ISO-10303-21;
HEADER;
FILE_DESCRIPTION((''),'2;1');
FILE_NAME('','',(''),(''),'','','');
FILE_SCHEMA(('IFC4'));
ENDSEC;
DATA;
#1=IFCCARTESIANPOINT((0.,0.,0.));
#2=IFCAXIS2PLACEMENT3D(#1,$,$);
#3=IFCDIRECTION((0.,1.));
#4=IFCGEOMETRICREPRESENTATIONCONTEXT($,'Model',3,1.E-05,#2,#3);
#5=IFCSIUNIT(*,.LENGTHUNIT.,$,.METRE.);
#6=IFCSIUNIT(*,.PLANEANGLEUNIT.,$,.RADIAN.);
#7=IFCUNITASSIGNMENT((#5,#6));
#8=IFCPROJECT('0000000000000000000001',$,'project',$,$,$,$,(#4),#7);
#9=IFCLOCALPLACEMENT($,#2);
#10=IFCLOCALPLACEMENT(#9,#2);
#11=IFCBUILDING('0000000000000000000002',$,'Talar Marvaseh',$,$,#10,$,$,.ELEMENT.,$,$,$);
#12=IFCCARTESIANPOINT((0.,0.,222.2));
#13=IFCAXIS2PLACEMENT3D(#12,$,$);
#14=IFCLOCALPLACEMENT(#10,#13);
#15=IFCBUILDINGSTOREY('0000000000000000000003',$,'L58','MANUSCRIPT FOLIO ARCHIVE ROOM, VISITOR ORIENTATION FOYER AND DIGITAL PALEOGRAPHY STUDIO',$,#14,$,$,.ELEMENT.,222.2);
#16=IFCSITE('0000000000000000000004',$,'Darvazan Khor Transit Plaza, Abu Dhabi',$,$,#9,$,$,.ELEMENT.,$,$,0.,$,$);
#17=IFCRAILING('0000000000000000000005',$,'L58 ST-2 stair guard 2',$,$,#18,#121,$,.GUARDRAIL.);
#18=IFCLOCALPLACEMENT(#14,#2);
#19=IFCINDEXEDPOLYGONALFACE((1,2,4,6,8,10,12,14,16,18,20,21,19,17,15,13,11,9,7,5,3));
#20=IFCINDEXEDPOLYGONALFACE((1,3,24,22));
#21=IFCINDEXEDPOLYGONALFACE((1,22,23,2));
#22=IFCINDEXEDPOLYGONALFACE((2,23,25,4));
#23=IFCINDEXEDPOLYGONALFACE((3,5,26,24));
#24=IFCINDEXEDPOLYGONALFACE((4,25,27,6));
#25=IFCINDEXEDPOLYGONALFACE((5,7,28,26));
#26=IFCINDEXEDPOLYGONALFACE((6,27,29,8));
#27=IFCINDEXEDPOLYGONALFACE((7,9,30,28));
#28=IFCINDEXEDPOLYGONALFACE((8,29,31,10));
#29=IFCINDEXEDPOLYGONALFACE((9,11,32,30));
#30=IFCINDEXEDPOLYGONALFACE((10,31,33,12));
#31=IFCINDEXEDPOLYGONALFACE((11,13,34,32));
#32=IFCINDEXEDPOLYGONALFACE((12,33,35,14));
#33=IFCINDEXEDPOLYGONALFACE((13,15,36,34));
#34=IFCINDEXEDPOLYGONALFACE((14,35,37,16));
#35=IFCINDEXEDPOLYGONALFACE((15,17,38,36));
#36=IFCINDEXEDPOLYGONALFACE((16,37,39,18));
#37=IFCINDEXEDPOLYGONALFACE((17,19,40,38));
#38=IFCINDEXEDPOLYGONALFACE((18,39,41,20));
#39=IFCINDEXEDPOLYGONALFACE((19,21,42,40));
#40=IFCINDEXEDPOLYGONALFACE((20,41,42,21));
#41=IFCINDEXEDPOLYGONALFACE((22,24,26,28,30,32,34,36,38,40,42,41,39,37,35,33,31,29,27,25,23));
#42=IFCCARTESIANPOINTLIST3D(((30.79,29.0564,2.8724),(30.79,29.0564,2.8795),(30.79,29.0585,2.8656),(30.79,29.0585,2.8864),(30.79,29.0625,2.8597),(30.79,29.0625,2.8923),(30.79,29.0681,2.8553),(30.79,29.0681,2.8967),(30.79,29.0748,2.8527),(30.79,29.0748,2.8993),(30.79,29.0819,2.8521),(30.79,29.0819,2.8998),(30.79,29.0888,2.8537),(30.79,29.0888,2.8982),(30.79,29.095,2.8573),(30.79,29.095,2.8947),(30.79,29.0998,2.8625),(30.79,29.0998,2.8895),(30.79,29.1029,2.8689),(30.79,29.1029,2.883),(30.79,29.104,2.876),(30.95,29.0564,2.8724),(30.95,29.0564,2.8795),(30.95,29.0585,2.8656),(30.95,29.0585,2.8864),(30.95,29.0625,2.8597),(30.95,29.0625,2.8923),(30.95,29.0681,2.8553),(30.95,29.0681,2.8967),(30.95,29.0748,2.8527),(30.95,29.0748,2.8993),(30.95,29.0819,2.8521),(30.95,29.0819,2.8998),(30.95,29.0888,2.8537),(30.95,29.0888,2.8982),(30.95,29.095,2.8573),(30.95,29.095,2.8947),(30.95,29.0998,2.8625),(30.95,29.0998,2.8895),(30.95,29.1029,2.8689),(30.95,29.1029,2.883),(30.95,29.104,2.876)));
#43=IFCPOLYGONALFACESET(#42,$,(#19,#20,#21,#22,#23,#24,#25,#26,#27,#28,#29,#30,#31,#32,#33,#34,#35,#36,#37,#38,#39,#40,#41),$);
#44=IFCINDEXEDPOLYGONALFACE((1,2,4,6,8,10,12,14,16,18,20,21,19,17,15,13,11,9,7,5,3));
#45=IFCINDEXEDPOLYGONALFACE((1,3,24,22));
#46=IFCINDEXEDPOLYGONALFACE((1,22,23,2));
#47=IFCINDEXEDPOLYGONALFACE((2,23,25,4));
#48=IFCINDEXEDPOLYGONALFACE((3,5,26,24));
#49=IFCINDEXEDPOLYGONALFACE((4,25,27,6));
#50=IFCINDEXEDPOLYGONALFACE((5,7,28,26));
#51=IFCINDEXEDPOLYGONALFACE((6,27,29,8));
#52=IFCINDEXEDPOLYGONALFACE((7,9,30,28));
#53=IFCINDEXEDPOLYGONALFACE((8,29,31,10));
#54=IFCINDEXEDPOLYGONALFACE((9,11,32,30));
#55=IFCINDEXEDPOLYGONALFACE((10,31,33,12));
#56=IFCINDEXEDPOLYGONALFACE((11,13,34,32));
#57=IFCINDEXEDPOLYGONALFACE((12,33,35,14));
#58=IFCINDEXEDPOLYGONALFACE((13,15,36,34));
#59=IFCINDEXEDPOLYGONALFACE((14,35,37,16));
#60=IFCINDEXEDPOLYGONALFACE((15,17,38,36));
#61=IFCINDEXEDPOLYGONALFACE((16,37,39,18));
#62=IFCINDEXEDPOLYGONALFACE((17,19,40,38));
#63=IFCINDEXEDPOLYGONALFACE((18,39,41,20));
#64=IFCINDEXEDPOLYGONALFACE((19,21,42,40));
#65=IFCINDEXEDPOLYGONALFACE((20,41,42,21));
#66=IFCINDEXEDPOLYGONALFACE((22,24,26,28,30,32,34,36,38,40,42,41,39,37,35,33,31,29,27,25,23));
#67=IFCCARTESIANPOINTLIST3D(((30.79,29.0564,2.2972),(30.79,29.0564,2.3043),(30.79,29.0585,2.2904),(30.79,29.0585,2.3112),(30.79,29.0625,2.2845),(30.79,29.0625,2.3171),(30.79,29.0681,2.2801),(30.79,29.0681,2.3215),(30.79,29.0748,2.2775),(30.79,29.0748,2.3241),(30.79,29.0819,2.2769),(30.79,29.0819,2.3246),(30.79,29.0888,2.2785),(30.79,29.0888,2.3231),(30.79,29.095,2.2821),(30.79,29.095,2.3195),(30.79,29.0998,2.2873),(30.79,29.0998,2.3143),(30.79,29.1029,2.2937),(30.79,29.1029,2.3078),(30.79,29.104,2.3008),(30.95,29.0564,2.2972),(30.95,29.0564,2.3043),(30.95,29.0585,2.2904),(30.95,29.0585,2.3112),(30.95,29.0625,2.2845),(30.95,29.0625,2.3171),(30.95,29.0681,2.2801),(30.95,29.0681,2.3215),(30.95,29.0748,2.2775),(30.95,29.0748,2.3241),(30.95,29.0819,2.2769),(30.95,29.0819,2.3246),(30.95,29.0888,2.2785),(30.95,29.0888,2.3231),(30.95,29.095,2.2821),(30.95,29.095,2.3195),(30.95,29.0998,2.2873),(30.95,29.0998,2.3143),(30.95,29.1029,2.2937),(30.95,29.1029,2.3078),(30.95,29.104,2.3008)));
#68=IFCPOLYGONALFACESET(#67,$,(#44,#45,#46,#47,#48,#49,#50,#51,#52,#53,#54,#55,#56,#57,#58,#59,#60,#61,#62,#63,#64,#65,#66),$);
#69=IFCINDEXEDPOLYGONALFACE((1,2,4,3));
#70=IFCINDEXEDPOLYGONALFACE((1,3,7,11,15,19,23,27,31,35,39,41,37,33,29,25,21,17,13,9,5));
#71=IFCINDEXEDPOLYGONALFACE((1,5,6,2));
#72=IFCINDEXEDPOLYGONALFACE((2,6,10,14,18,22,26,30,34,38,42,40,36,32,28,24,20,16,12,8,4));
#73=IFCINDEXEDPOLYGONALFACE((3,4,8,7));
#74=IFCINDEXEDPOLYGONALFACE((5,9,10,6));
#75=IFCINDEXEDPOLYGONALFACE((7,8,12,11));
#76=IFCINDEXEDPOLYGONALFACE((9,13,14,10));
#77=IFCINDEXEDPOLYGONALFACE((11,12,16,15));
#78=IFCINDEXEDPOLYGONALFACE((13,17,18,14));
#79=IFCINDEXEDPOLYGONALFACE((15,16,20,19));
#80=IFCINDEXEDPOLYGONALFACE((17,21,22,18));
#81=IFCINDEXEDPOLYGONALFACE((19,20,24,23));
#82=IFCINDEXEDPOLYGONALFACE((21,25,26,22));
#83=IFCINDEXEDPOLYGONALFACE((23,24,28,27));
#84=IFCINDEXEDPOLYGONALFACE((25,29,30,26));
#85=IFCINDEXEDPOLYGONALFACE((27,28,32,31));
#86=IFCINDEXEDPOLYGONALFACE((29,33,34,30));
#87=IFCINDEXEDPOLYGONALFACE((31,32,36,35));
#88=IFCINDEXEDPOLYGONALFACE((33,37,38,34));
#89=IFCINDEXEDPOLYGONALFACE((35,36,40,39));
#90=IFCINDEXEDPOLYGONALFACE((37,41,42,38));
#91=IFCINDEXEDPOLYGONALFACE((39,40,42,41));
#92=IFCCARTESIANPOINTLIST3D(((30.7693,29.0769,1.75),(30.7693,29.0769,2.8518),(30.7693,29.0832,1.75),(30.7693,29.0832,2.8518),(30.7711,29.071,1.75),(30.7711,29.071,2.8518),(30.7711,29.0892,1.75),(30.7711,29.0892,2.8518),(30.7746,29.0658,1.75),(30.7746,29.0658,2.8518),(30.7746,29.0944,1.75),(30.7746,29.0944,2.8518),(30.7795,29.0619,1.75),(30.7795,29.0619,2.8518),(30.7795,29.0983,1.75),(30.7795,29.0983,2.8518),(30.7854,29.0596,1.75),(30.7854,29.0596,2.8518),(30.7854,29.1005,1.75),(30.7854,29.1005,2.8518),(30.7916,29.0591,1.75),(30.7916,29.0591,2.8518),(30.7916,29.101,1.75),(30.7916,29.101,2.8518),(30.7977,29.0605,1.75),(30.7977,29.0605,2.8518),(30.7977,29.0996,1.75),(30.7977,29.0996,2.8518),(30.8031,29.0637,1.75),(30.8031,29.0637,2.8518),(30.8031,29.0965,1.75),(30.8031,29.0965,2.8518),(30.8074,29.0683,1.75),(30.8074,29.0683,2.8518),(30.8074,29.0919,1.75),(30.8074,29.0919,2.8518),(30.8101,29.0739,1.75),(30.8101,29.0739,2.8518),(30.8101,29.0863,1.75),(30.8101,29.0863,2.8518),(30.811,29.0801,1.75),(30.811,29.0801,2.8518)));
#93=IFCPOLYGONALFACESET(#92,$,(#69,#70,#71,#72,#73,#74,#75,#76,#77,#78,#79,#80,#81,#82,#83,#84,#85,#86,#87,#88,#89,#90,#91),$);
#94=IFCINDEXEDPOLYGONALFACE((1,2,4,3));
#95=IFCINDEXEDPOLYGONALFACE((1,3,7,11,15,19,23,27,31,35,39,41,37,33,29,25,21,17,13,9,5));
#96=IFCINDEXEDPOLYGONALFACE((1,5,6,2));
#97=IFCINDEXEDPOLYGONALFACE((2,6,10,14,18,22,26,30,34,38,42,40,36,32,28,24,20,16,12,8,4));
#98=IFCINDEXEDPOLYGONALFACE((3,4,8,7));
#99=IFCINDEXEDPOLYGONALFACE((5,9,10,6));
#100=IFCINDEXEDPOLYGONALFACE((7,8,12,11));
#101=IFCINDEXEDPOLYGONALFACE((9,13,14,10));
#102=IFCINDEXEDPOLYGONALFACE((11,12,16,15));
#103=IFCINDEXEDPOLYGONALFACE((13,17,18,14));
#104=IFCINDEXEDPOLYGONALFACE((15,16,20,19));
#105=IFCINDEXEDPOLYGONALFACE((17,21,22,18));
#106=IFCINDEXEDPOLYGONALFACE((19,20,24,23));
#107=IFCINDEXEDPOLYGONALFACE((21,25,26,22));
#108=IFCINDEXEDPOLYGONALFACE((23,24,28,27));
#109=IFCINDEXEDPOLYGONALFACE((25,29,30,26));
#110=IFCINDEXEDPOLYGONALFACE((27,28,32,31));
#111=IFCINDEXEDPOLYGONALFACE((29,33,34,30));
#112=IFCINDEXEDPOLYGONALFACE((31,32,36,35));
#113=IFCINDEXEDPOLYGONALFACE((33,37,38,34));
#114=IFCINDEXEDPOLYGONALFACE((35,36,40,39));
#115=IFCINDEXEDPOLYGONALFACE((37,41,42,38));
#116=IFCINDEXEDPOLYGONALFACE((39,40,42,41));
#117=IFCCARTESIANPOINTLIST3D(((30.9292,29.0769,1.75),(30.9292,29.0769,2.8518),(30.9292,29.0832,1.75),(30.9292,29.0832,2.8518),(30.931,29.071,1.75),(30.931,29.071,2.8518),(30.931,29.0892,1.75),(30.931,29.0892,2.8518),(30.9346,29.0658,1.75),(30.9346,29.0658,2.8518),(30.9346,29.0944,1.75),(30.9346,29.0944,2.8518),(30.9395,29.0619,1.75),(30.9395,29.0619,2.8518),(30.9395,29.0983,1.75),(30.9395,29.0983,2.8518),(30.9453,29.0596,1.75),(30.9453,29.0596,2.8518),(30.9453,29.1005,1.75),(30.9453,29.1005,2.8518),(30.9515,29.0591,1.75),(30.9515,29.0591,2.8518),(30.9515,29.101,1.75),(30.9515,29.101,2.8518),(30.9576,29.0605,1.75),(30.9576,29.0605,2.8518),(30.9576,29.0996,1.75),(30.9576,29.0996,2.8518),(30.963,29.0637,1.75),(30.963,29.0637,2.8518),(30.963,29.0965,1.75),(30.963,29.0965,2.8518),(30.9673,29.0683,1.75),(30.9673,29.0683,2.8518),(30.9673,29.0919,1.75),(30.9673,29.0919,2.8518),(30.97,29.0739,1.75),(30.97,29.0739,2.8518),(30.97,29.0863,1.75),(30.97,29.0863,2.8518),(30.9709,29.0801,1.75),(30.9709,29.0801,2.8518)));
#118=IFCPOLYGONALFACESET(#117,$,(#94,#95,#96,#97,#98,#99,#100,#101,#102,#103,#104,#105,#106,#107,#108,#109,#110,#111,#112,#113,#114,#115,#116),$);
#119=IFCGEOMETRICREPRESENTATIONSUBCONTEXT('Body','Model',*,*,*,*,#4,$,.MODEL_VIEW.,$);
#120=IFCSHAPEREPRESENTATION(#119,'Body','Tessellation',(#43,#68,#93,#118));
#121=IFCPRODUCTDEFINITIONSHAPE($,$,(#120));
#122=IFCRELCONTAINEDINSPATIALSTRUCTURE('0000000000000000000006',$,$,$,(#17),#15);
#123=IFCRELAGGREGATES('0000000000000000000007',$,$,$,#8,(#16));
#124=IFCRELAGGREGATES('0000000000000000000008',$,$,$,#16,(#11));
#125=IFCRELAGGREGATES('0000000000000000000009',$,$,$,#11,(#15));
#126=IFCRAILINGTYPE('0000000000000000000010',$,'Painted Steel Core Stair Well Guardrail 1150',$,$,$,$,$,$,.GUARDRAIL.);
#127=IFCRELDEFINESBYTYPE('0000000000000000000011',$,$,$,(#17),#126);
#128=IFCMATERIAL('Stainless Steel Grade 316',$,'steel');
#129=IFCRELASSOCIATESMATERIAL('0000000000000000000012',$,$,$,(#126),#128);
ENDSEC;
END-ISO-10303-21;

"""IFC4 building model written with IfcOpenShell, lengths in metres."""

from ifc_helpers import new_model, si_unit, direction, frame, origin, origin_2d, place, context, subcontext, project, spatial, circle, extrude, material, type_object, element, save


model = new_model("IFC4")

# Units and contexts
model_context = context("Model", 3, precision=1e-05, world=origin(), true_north=direction((0.0, 1.0)))
body_context = subcontext(model_context, "Body", "Model", "MODEL_VIEW")
ifc_project = project(units=[si_unit("LENGTHUNIT", "METRE"), si_unit("PLANEANGLEUNIT", "RADIAN")], contexts=[model_context])

# Site, building, storey
site_placement = place(None, origin())
site = spatial("IfcSite", under=ifc_project, at=site_placement, Name="Darvazan Khor Transit Plaza, Abu Dhabi", CompositionType="ELEMENT", RefElevation=0.0)
building_placement = place(site_placement, origin())
building = spatial("IfcBuilding", under=site, at=building_placement, Name="Talar Marvaseh", CompositionType="ELEMENT")
storey_placement = place(building_placement, frame((0.0, 0.0, 222.2)))
storey = spatial("IfcBuildingStorey", under=building, at=storey_placement, Name="L58", Description="MANUSCRIPT FOLIO ARCHIVE ROOM, VISITOR ORIENTATION FOYER AND DIGITAL PALEOGRAPHY STUDIO", CompositionType="ELEMENT", Elevation=222.2)

# Shared definitions
ifc_material_1 = material(Name="Stainless Steel Grade 316", Category="steel")

# Railing
railing_type_1 = type_object("IfcRailingType", Name="Painted Steel Core Stair Well Guardrail 1150", PredefinedType="GUARDRAIL", material=ifc_material_1)
railing_1_placement = place(storey_placement, frame((30.79, 29.0801, 1.75)))
element("IfcRailing", 1, at=railing_1_placement, inside=storey, type_object=railing_type_1, Name="L58 ST-2 stair guard 2", PredefinedType="GUARDRAIL", context=body_context, shape_type="SweptSolid", body=[
    extrude(circle(Radius=0.0239, at=origin_2d()), frame((0.0, 0.0, 1.126), z_axis=(1.0, 0.0, 0.0), x_axis=(0.0, 1.0, 0.0)), (0.0, 0.0, 1.0), 0.1599),
    extrude(circle(Radius=0.0239, at=origin_2d()), frame((0.0, 0.0, 0.5508), z_axis=(1.0, 0.0, 0.0), x_axis=(0.0, 1.0, 0.0)), (0.0, 0.0, 1.0), 0.1599),
    extrude(circle(Radius=0.021, at=origin_2d()), origin(), (0.0, 0.0, 1.0), 1.1018),
    extrude(circle(Radius=0.021, at=origin_2d()), frame((0.1599, 0.0, 0.0)), (0.0, 0.0, 1.0), 1.1018),
])

save(model, "model.ifc")
